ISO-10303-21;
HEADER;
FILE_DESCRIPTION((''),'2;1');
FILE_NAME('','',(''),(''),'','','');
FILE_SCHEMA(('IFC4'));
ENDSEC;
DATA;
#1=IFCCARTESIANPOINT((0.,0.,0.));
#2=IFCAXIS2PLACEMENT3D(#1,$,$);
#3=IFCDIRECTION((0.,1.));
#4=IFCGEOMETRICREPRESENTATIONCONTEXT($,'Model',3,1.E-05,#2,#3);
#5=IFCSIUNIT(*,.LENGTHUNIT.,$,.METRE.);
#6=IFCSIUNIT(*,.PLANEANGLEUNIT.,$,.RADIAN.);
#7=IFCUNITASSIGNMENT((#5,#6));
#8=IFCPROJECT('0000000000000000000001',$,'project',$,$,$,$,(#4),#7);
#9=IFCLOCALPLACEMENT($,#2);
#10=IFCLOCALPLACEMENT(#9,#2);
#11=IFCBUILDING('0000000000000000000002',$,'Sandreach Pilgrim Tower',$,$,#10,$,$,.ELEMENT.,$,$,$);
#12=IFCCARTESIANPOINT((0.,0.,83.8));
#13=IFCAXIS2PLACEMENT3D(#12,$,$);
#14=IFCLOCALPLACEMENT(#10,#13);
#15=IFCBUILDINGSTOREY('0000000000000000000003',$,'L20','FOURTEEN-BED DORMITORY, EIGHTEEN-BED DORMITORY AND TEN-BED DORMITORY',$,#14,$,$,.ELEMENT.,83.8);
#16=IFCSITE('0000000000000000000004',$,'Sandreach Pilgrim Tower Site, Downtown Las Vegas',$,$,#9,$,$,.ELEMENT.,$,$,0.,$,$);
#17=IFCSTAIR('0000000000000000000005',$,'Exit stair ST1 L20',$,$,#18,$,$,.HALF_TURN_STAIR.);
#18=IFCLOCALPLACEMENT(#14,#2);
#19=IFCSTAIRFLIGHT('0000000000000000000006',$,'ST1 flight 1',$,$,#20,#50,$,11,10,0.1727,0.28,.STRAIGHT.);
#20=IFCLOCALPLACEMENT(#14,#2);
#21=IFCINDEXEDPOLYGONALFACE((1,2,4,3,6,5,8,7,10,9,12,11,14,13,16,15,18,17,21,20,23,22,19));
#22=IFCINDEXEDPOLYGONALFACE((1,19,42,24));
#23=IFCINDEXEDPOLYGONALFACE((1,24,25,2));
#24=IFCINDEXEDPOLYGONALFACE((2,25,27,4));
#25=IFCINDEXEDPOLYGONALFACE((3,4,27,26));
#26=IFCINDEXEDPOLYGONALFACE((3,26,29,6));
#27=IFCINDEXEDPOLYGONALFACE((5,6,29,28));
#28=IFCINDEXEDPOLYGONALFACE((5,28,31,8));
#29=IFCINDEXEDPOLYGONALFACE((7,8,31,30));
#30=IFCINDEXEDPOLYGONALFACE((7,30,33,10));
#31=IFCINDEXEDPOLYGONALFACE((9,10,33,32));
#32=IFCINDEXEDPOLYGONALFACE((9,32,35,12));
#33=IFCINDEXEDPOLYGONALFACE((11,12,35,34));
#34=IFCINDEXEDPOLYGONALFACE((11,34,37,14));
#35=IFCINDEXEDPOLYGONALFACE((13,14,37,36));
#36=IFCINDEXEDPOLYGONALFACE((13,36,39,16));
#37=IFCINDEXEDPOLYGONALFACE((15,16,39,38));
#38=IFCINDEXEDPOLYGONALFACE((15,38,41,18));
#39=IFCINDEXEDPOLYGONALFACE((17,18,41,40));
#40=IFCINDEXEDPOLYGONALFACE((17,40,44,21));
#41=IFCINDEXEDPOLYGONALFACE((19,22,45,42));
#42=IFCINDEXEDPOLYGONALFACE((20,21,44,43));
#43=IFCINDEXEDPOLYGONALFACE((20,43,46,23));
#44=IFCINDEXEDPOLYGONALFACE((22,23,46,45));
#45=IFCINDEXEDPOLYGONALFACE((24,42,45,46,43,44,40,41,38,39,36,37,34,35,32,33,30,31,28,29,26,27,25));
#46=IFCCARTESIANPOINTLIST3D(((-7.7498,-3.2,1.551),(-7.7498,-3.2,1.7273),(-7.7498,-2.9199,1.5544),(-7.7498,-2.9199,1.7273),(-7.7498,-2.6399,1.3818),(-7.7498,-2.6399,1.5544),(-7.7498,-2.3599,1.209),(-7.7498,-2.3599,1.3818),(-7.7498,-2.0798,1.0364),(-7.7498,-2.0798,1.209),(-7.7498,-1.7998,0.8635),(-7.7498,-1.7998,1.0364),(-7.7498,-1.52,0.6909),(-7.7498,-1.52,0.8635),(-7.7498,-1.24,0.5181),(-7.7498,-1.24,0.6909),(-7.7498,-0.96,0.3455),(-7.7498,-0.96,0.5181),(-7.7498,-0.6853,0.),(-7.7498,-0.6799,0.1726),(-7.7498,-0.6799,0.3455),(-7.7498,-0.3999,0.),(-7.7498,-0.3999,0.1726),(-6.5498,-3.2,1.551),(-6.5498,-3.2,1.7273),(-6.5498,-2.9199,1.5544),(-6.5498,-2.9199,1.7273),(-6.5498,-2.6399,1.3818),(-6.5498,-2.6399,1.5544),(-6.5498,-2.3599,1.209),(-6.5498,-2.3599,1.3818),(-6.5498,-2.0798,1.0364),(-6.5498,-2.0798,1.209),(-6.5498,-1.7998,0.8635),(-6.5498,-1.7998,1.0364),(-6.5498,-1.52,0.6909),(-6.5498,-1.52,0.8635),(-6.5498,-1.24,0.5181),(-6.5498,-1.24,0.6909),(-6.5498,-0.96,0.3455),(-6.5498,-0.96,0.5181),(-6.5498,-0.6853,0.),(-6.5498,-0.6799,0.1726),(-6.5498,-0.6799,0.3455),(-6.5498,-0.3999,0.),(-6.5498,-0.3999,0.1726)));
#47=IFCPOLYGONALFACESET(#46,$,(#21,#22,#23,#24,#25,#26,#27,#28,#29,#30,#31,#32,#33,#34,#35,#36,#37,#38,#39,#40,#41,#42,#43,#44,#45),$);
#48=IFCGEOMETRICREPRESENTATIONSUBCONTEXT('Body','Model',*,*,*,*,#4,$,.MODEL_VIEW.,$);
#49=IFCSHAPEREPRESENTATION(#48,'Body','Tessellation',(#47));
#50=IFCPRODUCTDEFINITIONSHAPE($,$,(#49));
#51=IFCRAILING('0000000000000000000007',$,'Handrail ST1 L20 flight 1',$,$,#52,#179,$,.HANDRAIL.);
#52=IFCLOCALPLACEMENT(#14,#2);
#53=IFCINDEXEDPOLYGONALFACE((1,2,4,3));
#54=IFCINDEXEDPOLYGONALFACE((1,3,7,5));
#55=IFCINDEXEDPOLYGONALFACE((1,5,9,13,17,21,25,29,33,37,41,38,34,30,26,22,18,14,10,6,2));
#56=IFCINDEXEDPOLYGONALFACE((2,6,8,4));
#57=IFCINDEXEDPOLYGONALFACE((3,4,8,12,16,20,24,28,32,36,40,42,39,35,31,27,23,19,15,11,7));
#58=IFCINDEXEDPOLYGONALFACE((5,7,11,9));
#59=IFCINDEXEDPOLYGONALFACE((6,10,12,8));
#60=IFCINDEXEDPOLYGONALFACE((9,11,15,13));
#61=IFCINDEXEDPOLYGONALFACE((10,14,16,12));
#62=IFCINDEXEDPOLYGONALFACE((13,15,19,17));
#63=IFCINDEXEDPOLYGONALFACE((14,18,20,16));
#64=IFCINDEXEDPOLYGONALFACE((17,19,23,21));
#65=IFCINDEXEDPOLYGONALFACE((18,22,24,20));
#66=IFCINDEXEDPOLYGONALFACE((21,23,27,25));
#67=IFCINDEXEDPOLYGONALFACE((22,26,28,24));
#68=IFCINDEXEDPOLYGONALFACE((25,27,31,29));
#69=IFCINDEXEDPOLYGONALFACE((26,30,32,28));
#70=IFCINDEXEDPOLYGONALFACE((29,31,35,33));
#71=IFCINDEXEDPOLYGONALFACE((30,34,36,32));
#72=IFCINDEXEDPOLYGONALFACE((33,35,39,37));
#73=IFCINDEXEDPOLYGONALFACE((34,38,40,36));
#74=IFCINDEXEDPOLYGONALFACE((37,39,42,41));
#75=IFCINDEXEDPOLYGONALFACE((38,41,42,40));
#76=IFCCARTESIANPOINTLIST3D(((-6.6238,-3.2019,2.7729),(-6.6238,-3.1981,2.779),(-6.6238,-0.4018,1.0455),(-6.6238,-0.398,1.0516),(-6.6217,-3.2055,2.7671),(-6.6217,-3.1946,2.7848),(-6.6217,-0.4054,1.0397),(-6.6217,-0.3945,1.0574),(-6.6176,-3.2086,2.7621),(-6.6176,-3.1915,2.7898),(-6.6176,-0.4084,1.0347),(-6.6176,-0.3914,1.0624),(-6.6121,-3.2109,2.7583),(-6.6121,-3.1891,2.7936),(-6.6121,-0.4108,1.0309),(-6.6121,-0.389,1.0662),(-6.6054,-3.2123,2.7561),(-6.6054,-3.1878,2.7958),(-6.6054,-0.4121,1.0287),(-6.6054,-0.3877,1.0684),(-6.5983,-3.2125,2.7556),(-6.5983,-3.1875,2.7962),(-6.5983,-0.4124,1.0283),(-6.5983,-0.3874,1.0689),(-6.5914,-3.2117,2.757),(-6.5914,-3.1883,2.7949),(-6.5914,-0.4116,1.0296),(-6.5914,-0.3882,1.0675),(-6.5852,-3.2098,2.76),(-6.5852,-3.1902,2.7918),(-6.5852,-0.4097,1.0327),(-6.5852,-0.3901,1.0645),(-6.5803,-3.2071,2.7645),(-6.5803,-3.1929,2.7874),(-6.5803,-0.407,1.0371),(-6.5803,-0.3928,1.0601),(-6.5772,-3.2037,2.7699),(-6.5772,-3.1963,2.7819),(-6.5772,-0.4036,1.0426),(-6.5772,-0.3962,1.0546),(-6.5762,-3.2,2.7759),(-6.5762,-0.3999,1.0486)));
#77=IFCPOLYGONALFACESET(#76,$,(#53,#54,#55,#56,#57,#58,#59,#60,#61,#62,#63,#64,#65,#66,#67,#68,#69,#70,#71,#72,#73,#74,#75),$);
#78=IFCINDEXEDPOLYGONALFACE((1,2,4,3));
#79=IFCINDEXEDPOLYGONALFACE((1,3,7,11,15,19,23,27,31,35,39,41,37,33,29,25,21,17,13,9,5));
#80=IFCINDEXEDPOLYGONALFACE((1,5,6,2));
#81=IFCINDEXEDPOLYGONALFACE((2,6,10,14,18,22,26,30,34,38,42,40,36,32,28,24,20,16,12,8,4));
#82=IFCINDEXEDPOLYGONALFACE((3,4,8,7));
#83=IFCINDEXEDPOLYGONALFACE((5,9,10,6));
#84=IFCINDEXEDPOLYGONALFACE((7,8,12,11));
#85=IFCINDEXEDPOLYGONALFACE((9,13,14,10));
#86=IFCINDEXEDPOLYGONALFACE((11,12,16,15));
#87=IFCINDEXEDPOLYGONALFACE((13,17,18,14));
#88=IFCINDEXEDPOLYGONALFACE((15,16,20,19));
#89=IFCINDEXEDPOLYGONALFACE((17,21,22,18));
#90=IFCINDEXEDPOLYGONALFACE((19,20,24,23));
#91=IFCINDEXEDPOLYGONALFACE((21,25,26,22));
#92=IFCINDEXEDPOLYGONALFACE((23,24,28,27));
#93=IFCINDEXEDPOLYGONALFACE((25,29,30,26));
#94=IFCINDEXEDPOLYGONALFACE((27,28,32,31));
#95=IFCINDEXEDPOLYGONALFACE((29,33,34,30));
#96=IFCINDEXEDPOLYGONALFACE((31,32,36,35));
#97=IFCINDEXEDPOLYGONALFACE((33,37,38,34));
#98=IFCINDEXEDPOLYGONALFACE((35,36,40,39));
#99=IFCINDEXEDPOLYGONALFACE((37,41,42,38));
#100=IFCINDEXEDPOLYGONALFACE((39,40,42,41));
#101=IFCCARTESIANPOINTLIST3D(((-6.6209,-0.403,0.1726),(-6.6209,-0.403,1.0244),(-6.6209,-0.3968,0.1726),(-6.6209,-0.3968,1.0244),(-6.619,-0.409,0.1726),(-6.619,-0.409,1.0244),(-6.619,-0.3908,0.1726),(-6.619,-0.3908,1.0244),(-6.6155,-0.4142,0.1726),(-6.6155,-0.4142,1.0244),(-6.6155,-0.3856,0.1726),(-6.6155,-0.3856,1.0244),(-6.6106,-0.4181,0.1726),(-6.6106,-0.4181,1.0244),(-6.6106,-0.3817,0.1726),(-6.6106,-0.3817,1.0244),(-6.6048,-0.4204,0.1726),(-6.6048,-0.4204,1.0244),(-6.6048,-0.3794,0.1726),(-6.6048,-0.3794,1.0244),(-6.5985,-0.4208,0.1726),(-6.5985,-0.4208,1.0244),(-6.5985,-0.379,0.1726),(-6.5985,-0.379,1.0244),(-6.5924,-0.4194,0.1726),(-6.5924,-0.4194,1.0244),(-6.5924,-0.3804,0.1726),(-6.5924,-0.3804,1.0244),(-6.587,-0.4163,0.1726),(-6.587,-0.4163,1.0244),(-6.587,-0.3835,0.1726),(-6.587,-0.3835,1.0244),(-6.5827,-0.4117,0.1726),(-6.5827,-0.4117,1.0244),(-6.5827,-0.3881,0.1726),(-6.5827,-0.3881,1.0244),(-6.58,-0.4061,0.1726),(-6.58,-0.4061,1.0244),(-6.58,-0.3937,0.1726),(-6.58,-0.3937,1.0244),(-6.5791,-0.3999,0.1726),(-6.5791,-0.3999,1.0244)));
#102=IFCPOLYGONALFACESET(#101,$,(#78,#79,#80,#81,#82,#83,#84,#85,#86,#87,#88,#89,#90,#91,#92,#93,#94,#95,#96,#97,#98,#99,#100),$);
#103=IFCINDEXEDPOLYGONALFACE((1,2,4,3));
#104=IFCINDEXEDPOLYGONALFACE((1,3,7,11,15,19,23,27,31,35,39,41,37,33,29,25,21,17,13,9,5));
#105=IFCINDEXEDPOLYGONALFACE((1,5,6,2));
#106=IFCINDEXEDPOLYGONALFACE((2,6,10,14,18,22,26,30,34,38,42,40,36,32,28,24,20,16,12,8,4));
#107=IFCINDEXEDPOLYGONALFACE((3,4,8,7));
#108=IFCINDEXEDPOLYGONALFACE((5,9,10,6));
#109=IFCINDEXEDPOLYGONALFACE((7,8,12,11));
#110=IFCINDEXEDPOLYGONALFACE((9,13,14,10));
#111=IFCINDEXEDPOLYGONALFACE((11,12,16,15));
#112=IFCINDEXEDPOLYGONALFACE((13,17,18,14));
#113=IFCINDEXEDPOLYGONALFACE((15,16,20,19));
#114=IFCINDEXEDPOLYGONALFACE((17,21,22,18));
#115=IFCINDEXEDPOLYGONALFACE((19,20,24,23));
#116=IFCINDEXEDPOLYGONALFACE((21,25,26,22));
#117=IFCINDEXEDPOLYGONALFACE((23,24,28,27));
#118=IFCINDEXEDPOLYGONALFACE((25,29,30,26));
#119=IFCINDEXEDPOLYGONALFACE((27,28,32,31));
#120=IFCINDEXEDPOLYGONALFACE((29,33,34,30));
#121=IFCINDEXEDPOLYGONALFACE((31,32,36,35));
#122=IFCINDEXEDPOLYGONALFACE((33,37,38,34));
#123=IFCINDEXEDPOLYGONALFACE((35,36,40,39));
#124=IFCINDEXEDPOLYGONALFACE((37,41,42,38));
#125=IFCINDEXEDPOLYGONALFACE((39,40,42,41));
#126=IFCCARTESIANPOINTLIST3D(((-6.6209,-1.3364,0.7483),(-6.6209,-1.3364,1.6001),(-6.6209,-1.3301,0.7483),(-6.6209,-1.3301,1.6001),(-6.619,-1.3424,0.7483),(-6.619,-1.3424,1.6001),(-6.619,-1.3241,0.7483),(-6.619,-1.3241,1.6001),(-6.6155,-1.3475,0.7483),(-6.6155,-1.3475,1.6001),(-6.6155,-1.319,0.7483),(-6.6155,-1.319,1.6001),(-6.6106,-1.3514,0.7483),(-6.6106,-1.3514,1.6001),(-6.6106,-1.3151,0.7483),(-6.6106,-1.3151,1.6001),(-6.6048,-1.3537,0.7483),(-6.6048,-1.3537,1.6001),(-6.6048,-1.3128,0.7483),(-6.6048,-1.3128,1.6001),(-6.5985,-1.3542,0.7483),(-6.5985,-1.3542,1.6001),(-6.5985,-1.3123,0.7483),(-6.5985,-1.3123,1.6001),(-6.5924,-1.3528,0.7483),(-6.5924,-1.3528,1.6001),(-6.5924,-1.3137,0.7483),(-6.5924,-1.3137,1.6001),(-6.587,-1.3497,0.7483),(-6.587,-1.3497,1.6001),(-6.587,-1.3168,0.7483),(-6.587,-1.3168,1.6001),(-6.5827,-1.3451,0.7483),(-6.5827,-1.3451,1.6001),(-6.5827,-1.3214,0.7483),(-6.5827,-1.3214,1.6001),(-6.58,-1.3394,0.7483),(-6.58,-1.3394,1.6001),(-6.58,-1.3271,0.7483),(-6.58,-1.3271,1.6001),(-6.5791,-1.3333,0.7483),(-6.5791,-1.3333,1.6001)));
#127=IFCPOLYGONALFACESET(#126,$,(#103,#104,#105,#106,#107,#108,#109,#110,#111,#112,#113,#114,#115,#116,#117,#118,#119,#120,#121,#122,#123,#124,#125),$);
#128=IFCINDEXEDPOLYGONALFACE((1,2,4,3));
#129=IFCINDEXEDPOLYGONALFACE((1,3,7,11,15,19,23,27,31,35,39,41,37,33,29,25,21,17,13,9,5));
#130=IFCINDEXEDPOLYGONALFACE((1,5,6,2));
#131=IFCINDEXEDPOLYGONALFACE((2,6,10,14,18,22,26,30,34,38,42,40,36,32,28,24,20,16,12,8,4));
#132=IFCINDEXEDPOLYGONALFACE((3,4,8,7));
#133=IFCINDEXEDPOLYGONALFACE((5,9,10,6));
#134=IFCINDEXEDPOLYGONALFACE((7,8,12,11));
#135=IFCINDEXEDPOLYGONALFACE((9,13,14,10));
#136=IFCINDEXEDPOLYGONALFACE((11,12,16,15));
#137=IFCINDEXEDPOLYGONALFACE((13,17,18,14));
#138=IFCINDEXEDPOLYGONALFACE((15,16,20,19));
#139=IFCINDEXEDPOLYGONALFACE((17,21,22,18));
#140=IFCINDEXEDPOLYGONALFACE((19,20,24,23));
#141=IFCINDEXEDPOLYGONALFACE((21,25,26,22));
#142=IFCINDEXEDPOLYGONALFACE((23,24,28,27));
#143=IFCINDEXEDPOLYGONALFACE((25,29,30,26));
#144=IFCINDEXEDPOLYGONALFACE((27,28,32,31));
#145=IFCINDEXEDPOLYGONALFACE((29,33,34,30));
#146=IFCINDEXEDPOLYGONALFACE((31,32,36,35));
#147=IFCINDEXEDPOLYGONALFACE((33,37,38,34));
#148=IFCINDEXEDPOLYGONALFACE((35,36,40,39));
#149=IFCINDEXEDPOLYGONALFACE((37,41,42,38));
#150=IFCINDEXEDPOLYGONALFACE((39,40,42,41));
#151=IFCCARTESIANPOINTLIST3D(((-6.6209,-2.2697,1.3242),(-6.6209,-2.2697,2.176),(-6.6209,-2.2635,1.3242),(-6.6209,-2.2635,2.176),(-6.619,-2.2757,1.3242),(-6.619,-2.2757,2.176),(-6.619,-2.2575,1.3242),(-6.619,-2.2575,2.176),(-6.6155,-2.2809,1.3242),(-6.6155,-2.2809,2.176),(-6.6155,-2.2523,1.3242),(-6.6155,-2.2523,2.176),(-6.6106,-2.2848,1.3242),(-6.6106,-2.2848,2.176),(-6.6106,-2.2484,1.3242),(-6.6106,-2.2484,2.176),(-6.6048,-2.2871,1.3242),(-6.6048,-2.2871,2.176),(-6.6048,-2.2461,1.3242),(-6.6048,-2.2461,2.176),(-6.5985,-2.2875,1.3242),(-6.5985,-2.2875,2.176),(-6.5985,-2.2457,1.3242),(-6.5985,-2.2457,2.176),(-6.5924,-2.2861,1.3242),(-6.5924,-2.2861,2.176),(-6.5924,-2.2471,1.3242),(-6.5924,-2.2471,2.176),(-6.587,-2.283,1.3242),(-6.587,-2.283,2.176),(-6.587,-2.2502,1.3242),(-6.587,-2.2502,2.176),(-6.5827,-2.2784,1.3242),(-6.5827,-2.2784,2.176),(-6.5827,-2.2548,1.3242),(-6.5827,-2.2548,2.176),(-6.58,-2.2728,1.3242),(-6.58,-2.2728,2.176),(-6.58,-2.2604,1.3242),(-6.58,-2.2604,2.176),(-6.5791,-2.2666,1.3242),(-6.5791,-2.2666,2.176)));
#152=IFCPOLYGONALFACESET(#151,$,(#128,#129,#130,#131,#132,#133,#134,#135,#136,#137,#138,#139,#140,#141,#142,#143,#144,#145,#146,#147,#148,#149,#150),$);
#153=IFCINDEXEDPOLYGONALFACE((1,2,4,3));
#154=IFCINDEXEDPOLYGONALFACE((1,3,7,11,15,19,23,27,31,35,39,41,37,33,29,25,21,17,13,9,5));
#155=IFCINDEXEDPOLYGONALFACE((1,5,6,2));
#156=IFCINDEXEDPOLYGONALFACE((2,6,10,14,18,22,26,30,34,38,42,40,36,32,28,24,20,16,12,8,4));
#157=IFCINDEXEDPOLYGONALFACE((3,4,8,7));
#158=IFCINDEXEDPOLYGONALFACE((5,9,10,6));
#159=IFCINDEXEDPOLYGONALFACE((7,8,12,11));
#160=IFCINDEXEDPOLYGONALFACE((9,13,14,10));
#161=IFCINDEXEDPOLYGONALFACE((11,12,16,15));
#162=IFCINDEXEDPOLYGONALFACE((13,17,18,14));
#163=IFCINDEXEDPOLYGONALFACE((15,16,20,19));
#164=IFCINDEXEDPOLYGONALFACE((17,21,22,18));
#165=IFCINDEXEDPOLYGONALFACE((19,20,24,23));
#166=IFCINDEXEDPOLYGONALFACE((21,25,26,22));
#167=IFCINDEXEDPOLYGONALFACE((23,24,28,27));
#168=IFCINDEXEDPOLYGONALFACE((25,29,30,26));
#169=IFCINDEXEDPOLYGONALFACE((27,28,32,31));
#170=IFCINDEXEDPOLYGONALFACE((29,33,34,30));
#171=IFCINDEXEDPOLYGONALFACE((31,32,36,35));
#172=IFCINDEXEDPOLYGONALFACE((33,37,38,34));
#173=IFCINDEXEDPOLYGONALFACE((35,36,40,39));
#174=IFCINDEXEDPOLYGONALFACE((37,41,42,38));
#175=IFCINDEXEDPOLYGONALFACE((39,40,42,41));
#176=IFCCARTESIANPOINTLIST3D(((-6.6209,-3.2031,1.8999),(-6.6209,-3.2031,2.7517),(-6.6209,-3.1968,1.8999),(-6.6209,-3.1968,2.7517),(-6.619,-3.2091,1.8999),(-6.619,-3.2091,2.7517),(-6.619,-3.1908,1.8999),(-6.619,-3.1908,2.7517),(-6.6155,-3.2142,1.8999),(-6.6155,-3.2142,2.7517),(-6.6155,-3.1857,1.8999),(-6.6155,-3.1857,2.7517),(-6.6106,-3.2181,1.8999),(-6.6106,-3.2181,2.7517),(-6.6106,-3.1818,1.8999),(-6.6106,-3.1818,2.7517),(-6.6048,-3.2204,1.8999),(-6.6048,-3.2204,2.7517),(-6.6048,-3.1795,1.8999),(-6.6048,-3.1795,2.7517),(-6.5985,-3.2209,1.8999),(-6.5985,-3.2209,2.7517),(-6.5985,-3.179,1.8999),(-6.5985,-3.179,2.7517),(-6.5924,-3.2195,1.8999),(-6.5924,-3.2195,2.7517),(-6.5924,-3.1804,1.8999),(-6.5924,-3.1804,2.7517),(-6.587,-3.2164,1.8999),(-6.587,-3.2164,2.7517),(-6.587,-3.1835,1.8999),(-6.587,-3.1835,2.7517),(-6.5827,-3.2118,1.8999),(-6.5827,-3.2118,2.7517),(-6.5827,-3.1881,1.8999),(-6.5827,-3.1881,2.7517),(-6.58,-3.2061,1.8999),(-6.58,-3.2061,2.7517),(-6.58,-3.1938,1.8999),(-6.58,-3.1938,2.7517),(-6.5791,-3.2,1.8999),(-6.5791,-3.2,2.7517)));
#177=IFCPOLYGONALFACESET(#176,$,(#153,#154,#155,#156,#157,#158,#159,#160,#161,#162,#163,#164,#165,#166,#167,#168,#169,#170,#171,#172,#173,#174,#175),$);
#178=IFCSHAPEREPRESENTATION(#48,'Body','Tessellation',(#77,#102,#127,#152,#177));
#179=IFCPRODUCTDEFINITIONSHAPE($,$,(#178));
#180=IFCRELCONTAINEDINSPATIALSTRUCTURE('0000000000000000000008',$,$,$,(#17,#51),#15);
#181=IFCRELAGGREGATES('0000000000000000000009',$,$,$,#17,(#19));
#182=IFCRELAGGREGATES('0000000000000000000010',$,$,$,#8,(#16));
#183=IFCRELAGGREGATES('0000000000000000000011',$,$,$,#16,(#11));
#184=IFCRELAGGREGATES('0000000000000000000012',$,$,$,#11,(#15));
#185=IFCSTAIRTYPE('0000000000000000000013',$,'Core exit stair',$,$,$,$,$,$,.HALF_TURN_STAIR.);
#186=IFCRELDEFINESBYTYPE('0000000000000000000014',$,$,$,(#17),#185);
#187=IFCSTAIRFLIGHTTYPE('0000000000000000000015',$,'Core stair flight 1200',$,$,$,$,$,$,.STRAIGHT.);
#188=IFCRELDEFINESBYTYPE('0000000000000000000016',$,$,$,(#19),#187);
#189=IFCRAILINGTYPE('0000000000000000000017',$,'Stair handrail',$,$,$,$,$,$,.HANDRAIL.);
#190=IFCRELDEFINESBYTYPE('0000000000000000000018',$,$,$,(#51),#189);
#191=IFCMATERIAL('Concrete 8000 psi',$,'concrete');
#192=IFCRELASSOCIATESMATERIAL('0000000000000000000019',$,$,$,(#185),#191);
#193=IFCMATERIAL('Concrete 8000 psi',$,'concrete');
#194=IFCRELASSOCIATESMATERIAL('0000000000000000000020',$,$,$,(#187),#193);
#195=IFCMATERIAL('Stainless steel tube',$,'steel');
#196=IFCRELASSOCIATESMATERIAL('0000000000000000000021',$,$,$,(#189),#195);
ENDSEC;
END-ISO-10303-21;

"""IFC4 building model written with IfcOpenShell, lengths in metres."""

from ifc_helpers import new_model, si_unit, direction, frame, origin, origin_2d, place, context, subcontext, project, spatial, polyline, circle, outline, extrude, material, type_object, element, aggregate, save


model = new_model("IFC4")

# Units and contexts
model_context = context("Model", 3, precision=1e-05, world=origin(), true_north=direction((0.0, 1.0)))
body_context = subcontext(model_context, "Body", "Model", "MODEL_VIEW")
ifc_project = project(units=[si_unit("LENGTHUNIT", "METRE"), si_unit("PLANEANGLEUNIT", "RADIAN")], contexts=[model_context])

# Site, building, storey
site_placement = place(None, origin())
site = spatial("IfcSite", under=ifc_project, at=site_placement, Name="Sandreach Pilgrim Tower Site, Downtown Las Vegas", CompositionType="ELEMENT", RefElevation=0.0)
building_placement = place(site_placement, origin())
building = spatial("IfcBuilding", under=site, at=building_placement, Name="Sandreach Pilgrim Tower", CompositionType="ELEMENT")
storey_placement = place(building_placement, frame((0.0, 0.0, 83.8)))
storey = spatial("IfcBuildingStorey", under=building, at=storey_placement, Name="L20", Description="FOURTEEN-BED DORMITORY, EIGHTEEN-BED DORMITORY AND TEN-BED DORMITORY", CompositionType="ELEMENT", Elevation=83.8)

# Stair, stair flight
ifc_material_1 = material(Name="Concrete 8000 psi", Category="concrete")
stair_type = type_object("IfcStairType", Name="Core exit stair", PredefinedType="HALF_TURN_STAIR", material=ifc_material_1)
stair_placement = place(storey_placement, origin())
stair = element("IfcStair", 1, at=stair_placement, inside=storey, type_object=stair_type, Name="Exit stair ST1 L20", PredefinedType="HALF_TURN_STAIR")
ifc_material_2 = material(Name="Concrete 8000 psi", Category="concrete")
stair_flight_type = type_object("IfcStairFlightType", Name="Core stair flight 1200", PredefinedType="STRAIGHT", material=ifc_material_2)
stair_flight_placement = place(storey_placement, frame((-7.1499, -0.3999, 0.0), z_axis=(0.0, 0.0, 1.0), x_axis=(0.0, -1.0, 0.0)))
stair_flight = element("IfcStairFlight", 2, at=stair_flight_placement, type_object=stair_flight_type, Name="ST1 flight 1", NumberOfRisers=11, NumberOfTreads=10, PredefinedType="STRAIGHT", RiserHeight=0.1727, TreadLength=0.28, context=body_context, shape_type="SweptSolid", body=[
    extrude(outline(polyline([(0.0, 0.0), (0.0, 0.1726), (0.28, 0.1726), (0.28, 0.3455), (0.5601, 0.3455), (0.5601, 0.5181), (0.8401, 0.5181), (0.8401, 0.6909), (1.1201, 0.6909), (1.1201, 0.8635), (1.3999, 0.8635), (1.3999, 1.0364), (1.6799, 1.0364), (1.6799, 1.209), (1.96, 1.209), (1.96, 1.3818), (2.24, 1.3818), (2.24, 1.5544), (2.52, 1.5544), (2.52, 1.7273), (2.8, 1.7273), (2.8, 1.8999), (2.8, 1.551), (0.2854, 0.0), (0.0, 0.0)])), frame((0.0, 0.6001, 0.0), z_axis=(0.0, -1.0, 0.0), x_axis=(1.0, 0.0, 0.0)), (0.0, 0.0, 1.0), 1.2),
])
aggregate(stair, [stair_flight])

# Railing
ifc_material_3 = material(Name="Stainless steel tube", Category="steel")
railing_type = type_object("IfcRailingType", Name="Stair handrail", PredefinedType="HANDRAIL", material=ifc_material_3)
for number, where, name in (
    (3, (-6.6001, -0.3999, 0.1726), "Handrail ST1 L20 flight 1"),
):
    element("IfcRailing", number, at=place(storey_placement, frame(where)), inside=storey, type_object=railing_type, Name=name, PredefinedType="HANDRAIL", context=body_context, shape_type="SweptSolid", body=[
        extrude(circle(Radius=0.0239, at=origin_2d()), frame((0.0, 0.0, 0.876), z_axis=(0.0, -0.85109, 0.52502), x_axis=(1.0, 0.0, 0.0)), (0.0, 0.0, 1.0), 3.29),
        extrude(circle(Radius=0.021, at=origin_2d()), origin(), (0.0, 0.0, 1.0), 0.8518),
        extrude(circle(Radius=0.021, at=origin_2d()), frame((0.0, -0.9333, 0.5757)), (0.0, 0.0, 1.0), 0.8518),
        extrude(circle(Radius=0.021, at=origin_2d()), frame((0.0, -1.8667, 1.1516)), (0.0, 0.0, 1.0), 0.8518),
        extrude(circle(Radius=0.021, at=origin_2d()), frame((0.0, -2.8, 1.7273)), (0.0, 0.0, 1.0), 0.8518),
    ])

save(model, "model.ifc")
